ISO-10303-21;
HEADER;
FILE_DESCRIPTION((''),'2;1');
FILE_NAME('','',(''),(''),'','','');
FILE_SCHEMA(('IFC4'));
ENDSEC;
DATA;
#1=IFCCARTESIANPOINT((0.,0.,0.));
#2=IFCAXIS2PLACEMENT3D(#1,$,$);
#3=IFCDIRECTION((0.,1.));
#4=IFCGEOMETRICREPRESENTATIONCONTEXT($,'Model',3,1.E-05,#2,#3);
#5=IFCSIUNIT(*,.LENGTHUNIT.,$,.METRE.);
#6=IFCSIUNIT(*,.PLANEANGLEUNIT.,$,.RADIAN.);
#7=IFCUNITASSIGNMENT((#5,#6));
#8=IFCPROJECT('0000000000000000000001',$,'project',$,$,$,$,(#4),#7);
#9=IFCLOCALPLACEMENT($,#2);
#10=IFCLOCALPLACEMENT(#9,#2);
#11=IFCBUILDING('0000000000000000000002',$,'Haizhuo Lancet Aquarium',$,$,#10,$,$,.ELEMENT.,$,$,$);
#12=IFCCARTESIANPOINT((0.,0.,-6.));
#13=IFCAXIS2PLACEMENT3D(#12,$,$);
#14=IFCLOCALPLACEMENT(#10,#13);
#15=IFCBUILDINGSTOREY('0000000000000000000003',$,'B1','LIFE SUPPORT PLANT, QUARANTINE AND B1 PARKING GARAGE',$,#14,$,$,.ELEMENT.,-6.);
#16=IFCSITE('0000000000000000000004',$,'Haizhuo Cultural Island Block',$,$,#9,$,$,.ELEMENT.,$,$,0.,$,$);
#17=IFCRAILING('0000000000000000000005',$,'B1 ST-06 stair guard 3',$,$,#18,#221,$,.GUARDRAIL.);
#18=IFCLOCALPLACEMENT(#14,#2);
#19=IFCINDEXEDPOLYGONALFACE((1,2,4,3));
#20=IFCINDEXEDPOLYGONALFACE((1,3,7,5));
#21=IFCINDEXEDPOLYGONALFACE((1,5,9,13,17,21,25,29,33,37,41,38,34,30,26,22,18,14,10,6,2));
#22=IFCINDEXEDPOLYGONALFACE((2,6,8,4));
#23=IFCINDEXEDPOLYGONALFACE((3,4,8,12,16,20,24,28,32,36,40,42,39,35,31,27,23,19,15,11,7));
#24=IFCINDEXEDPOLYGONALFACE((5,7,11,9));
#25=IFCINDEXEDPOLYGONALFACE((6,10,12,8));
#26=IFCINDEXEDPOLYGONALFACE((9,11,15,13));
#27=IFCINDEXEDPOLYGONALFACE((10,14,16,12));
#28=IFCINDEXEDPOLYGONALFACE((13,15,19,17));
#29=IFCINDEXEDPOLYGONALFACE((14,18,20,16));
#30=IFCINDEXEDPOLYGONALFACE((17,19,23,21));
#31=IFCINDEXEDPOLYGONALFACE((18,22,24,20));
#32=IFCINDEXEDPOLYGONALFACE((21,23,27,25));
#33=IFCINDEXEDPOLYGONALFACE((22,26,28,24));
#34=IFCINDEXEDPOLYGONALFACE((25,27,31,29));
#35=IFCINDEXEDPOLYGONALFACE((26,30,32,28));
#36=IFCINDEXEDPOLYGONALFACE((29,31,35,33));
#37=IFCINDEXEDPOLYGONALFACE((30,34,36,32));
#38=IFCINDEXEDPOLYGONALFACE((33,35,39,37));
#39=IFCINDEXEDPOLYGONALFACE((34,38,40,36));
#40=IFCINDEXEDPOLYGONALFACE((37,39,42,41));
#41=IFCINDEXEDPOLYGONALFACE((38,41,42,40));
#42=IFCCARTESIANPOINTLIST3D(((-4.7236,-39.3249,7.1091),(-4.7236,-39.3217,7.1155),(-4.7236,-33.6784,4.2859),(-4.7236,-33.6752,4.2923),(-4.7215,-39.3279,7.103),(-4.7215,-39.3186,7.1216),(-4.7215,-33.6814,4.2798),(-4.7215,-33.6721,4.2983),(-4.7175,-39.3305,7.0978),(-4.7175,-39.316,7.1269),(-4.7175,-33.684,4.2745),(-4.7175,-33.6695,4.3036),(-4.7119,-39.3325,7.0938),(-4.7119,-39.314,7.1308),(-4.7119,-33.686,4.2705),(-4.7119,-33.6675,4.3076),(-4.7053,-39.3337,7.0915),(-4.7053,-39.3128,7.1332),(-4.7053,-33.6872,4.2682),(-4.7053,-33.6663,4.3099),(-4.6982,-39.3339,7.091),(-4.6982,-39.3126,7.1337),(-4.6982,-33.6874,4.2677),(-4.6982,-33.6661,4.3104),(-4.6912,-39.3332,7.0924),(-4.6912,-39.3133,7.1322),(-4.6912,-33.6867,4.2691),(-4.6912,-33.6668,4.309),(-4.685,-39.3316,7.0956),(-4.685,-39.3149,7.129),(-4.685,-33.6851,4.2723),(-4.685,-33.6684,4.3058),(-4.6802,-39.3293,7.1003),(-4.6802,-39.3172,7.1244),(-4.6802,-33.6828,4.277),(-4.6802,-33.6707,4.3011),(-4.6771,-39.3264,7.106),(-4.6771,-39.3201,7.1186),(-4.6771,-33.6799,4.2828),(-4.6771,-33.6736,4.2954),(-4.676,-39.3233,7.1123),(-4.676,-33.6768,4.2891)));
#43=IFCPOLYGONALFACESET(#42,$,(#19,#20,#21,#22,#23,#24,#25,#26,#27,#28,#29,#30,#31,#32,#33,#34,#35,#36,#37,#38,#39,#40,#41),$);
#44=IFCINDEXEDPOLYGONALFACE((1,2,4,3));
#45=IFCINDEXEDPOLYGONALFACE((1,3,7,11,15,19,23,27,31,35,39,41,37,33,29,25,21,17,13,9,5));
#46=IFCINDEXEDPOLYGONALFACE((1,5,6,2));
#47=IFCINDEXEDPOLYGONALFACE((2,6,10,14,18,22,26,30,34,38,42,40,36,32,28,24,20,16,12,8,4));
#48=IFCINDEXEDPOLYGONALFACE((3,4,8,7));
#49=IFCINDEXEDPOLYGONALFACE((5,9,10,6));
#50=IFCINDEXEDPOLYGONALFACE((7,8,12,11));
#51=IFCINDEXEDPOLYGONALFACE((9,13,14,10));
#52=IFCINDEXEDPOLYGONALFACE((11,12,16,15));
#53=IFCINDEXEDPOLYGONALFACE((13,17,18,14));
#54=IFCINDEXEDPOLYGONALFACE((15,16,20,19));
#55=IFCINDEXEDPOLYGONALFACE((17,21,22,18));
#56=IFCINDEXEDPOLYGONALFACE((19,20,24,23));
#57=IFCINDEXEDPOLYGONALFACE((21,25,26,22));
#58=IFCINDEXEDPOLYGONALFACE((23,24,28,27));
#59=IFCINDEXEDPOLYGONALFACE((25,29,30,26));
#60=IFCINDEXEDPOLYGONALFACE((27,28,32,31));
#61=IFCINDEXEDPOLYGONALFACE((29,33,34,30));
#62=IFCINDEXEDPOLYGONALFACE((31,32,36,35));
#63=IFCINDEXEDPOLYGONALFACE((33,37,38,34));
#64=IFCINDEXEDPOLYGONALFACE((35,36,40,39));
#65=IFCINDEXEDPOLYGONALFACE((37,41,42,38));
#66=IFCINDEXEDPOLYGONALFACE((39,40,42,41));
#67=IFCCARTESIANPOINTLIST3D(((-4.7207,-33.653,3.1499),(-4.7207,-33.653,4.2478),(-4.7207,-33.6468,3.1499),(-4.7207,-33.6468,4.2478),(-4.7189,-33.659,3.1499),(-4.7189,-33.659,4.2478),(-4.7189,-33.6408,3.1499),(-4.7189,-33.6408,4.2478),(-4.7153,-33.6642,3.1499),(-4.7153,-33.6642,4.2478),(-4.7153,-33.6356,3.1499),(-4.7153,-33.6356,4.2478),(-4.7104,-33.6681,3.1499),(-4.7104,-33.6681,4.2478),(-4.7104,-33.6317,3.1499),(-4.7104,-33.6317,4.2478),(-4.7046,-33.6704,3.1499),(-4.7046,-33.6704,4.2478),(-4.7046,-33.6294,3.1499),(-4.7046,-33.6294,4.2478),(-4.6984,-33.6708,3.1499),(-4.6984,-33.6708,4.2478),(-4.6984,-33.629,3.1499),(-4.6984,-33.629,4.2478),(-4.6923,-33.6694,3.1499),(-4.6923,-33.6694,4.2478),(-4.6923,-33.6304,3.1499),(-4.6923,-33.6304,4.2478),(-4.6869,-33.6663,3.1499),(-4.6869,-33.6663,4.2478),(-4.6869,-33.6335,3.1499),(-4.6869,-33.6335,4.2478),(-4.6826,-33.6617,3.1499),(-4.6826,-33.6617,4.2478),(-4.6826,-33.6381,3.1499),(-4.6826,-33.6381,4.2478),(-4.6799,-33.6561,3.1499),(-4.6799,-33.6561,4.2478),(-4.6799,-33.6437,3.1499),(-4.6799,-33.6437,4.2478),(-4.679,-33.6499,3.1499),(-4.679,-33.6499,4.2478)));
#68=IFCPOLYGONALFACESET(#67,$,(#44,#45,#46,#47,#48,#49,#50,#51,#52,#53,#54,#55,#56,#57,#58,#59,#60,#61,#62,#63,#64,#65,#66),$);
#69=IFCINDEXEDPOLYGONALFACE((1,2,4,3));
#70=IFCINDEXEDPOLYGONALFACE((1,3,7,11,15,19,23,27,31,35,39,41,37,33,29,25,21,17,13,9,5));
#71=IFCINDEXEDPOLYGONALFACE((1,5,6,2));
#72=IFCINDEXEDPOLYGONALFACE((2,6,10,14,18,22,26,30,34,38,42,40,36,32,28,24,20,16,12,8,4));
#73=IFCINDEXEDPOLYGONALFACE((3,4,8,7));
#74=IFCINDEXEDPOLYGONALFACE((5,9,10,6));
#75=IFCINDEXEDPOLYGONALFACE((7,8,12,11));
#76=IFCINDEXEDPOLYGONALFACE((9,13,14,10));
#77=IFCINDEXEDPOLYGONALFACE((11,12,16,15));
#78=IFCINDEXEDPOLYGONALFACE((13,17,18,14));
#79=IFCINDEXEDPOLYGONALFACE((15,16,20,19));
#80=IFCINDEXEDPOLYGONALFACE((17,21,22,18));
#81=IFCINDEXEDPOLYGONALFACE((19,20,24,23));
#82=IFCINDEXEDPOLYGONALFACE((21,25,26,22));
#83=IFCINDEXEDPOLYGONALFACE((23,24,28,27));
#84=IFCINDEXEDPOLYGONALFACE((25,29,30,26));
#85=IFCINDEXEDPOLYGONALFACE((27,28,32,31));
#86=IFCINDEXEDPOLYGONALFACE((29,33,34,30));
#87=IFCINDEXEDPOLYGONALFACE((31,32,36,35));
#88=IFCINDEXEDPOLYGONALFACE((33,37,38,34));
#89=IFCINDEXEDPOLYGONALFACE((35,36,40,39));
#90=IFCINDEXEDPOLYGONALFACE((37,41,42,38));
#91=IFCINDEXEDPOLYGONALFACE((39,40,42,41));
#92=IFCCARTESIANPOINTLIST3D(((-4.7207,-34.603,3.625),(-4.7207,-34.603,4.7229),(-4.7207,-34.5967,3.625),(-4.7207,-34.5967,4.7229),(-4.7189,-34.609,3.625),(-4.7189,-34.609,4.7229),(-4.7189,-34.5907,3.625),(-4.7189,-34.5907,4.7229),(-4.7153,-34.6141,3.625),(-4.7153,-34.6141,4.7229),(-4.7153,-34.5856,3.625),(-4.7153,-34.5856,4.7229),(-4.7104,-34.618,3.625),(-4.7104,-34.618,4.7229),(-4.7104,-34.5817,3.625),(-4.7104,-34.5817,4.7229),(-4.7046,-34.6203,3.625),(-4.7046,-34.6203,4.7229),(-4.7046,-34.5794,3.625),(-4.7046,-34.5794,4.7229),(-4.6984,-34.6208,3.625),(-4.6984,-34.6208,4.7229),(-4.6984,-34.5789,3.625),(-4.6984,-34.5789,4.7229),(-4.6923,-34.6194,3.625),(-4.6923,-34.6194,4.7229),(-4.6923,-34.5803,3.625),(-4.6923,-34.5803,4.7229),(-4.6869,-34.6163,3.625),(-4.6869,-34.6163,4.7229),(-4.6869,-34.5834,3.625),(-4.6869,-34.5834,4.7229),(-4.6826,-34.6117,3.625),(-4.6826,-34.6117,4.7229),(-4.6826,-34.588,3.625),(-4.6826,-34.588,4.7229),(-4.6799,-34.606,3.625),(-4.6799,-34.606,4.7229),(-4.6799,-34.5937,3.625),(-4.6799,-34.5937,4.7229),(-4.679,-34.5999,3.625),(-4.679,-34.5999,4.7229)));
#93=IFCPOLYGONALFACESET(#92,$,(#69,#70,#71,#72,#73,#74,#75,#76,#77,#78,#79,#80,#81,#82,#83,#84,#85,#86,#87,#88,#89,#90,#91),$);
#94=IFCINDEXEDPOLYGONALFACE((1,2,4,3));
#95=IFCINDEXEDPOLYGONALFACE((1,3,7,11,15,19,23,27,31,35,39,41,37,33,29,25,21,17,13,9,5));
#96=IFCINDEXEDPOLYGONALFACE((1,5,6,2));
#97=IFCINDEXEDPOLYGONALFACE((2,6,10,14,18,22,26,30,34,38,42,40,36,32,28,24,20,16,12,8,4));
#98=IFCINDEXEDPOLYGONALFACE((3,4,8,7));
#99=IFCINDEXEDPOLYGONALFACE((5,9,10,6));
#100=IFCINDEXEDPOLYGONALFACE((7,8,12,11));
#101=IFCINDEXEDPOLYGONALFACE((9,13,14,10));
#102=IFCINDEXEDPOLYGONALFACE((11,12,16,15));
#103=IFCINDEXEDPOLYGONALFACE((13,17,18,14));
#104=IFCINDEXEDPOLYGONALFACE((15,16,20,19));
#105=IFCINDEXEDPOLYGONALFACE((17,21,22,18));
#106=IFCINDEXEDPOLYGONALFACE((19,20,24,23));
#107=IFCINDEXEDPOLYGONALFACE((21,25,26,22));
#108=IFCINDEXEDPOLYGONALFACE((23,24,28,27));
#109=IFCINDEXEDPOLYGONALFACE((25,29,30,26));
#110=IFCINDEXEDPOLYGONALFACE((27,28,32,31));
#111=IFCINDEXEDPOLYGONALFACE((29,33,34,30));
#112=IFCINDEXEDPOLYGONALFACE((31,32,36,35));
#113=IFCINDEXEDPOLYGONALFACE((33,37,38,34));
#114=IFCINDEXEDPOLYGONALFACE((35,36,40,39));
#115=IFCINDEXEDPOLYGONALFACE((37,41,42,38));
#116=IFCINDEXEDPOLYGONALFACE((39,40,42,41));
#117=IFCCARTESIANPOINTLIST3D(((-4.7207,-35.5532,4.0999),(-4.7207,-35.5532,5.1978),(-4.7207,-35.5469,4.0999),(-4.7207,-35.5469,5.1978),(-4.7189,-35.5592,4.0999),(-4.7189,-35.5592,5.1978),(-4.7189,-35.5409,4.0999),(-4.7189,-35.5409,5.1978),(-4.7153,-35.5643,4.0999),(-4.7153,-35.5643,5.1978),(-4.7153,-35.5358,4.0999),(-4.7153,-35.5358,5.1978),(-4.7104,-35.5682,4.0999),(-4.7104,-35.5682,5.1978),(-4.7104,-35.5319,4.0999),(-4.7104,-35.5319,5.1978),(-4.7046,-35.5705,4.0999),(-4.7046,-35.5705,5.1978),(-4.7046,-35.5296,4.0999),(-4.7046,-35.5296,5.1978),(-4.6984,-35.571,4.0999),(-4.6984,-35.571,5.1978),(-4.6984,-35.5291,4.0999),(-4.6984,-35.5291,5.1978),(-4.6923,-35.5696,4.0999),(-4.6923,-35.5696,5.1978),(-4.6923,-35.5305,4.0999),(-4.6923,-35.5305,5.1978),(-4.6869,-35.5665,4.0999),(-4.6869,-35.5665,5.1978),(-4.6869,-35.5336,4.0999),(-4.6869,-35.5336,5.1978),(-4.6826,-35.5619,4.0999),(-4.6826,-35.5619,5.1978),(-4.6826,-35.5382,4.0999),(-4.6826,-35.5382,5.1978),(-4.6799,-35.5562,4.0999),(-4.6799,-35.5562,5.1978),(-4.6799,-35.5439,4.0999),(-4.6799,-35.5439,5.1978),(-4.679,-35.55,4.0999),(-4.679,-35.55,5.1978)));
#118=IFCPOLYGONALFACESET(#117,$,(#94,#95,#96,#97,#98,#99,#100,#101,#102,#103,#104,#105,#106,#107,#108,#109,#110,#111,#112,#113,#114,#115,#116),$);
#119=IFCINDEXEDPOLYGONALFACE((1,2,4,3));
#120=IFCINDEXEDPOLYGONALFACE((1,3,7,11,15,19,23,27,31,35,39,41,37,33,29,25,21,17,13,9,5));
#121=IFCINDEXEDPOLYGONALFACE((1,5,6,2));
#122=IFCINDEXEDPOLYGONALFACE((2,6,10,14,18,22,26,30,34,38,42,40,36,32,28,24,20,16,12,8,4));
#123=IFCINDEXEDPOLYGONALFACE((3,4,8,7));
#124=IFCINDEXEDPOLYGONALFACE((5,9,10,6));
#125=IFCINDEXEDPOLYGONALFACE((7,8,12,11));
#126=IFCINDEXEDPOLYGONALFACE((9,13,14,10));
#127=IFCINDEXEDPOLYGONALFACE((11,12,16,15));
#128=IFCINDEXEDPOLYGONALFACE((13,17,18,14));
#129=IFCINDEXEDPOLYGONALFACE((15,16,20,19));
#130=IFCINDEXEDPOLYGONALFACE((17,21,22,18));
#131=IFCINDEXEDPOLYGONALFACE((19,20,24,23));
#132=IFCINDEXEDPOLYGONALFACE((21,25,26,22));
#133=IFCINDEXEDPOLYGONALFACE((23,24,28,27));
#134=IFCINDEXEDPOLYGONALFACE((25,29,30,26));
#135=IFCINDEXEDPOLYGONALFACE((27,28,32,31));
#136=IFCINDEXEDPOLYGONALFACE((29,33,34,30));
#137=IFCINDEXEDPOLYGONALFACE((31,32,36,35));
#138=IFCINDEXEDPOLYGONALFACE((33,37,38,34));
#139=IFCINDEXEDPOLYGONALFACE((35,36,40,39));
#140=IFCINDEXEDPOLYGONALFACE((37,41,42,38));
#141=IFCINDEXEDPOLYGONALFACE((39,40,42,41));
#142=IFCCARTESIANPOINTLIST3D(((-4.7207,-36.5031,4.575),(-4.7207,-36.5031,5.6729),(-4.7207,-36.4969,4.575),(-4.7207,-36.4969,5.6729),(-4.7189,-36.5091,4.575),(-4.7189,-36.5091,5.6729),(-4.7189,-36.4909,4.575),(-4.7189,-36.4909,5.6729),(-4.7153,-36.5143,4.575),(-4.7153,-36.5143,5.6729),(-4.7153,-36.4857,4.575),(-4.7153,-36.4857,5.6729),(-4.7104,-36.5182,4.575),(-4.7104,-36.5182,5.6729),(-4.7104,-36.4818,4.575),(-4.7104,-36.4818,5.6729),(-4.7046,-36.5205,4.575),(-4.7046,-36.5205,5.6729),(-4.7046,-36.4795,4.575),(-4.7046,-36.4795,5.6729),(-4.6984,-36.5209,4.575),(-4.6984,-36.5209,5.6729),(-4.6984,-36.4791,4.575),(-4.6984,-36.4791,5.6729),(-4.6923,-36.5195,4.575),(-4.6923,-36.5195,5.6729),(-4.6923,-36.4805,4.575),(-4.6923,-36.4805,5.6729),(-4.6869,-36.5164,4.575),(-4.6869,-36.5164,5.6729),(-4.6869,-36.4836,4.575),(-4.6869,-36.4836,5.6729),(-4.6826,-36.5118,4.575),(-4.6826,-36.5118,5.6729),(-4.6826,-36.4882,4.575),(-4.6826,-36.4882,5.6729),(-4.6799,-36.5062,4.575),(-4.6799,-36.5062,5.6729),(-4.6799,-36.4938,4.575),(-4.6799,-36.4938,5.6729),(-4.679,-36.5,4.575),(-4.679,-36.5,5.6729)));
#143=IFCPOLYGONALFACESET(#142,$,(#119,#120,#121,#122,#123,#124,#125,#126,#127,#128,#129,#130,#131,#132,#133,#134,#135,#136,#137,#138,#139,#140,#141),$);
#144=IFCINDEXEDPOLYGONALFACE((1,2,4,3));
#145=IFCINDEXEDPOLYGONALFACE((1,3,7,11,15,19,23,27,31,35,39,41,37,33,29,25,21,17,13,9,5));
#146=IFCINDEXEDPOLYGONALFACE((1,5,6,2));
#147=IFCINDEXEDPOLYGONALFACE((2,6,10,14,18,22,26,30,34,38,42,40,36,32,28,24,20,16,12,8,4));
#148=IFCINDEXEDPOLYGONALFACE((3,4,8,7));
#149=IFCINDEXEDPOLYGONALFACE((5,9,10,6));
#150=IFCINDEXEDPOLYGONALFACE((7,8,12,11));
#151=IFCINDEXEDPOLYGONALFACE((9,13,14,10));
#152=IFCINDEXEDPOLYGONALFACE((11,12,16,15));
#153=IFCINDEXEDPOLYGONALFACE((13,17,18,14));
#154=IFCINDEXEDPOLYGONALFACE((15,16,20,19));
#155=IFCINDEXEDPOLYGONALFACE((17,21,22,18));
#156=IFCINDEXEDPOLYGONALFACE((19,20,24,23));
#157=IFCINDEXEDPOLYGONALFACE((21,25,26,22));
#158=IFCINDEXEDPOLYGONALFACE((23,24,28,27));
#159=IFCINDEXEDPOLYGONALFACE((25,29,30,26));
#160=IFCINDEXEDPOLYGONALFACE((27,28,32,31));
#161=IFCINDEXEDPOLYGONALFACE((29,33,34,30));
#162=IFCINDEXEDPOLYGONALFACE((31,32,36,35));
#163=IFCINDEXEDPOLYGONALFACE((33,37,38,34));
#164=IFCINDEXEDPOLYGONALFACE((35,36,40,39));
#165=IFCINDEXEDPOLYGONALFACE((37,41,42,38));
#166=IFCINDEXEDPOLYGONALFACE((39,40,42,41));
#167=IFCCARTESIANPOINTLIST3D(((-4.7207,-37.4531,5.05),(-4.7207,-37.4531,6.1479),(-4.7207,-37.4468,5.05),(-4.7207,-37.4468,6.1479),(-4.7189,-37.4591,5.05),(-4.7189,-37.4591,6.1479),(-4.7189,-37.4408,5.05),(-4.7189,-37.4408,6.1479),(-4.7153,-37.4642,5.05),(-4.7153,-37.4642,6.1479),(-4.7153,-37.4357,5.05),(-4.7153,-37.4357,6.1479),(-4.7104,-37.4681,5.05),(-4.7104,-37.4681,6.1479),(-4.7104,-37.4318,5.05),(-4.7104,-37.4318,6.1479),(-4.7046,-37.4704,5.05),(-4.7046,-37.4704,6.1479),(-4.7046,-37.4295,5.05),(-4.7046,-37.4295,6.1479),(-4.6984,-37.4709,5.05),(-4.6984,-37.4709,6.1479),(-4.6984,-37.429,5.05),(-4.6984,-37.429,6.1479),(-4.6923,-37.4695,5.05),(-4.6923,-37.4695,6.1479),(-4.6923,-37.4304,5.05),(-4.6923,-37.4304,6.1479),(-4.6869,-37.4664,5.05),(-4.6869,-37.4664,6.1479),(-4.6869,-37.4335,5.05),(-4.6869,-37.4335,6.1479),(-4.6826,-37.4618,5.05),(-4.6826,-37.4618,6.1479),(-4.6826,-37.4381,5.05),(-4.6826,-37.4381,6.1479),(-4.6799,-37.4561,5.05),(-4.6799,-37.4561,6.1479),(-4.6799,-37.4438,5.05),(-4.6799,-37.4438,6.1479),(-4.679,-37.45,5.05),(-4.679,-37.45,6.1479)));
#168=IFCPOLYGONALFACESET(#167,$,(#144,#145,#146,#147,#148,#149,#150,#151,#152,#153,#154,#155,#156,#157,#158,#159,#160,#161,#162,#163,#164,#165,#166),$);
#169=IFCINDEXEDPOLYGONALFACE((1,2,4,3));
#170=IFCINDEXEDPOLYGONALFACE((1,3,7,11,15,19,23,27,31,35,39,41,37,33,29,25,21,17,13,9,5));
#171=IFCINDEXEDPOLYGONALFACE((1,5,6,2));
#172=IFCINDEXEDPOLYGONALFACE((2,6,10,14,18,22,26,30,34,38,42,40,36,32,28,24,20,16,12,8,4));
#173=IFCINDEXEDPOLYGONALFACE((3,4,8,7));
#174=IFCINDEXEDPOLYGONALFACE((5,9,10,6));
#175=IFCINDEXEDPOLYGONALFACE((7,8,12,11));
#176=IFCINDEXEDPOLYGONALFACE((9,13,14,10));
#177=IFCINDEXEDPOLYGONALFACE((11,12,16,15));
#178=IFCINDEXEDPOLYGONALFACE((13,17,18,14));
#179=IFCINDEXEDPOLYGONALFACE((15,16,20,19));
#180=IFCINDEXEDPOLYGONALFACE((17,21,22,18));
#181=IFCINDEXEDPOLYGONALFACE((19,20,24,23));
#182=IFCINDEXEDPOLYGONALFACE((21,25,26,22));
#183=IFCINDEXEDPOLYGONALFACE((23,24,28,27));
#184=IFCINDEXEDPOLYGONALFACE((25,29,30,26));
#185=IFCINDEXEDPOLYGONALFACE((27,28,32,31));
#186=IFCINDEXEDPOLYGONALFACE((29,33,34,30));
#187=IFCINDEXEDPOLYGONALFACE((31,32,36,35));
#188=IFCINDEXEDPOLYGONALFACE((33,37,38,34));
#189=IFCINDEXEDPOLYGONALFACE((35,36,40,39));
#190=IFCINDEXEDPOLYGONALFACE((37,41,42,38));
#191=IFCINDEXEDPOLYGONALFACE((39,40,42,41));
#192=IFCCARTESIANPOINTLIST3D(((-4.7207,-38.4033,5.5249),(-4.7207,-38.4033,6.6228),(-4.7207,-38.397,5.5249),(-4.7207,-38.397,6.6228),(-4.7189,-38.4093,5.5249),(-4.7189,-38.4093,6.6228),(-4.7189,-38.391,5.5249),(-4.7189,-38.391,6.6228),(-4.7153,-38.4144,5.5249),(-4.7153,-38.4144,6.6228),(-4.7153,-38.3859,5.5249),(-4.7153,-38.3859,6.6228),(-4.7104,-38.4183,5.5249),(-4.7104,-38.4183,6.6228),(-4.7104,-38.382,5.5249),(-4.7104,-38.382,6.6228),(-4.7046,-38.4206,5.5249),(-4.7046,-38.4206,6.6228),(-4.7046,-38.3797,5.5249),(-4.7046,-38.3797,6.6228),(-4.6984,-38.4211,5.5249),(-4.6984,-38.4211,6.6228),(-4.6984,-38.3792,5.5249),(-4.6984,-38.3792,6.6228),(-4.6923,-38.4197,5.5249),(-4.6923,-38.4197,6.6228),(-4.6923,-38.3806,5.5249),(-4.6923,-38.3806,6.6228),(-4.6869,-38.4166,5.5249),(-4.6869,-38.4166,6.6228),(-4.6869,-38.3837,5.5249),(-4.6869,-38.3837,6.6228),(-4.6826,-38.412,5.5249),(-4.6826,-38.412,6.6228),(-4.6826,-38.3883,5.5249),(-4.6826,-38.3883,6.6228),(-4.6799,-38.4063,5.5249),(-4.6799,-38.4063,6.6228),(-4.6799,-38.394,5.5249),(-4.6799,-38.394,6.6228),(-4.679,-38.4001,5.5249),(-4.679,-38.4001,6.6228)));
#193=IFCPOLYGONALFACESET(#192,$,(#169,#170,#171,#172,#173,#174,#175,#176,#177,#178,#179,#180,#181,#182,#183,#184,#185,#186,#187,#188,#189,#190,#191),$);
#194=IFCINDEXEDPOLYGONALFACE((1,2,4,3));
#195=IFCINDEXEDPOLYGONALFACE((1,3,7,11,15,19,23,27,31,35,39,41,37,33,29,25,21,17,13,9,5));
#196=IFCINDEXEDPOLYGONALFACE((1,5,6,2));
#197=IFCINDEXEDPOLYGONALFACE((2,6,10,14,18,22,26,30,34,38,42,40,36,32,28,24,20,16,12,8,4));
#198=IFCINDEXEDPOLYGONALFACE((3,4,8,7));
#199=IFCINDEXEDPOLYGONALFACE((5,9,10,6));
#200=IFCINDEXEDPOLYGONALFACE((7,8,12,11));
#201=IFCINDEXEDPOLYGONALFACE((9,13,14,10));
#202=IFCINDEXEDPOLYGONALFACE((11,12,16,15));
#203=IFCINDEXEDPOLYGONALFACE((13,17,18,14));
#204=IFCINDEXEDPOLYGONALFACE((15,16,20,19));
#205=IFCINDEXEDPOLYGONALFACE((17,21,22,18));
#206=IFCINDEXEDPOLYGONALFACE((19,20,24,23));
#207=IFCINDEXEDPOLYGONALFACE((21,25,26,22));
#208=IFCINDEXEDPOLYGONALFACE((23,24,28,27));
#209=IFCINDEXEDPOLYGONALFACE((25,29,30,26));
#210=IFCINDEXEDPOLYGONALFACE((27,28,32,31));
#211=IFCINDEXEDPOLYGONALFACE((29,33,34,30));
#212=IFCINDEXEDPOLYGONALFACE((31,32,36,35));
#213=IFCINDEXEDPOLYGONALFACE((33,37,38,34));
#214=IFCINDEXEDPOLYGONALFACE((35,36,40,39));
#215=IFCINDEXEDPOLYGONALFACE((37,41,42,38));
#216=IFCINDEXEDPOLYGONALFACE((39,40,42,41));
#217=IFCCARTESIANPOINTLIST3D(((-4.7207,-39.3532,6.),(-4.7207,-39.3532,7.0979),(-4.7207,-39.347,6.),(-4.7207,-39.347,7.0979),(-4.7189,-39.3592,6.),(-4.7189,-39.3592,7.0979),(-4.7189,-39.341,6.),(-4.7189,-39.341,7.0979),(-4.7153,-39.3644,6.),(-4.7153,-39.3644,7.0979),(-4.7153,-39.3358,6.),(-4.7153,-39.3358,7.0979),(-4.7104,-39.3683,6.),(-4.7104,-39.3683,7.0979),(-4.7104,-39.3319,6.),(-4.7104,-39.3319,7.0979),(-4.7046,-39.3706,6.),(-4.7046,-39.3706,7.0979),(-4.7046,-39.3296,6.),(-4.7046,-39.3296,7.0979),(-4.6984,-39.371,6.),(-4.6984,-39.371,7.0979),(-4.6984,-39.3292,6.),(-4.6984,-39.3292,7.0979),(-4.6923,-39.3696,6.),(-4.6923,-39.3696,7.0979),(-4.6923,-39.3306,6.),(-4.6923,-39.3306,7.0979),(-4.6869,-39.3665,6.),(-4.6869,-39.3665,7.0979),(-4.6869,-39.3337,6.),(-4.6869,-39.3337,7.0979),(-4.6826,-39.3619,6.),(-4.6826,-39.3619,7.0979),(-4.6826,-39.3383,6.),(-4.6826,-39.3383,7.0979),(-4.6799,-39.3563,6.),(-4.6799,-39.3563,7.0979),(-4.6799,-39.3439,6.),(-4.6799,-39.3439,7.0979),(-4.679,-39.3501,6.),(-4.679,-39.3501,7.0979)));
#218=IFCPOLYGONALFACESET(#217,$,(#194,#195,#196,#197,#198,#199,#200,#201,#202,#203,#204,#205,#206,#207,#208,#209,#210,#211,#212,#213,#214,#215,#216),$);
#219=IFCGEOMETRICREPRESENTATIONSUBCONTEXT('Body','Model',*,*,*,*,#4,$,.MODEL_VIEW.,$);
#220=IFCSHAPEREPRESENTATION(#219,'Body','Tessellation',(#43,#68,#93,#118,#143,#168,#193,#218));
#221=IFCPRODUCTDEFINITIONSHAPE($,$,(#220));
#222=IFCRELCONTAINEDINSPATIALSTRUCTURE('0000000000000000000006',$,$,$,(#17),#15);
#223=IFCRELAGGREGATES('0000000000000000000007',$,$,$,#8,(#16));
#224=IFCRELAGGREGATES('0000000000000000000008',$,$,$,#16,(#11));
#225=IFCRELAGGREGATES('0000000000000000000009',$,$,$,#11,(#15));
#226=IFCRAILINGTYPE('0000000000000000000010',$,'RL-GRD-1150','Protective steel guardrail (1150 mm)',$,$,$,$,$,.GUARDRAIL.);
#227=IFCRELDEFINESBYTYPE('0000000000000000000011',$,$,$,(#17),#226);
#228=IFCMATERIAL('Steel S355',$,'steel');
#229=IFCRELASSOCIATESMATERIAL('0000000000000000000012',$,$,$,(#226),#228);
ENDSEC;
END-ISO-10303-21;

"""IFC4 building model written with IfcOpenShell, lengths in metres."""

from ifc_helpers import new_model, si_unit, direction, frame, origin, origin_2d, place, context, subcontext, project, spatial, circle, extrude, material, type_object, element, save


model = new_model("IFC4")

# Units and contexts
model_context = context("Model", 3, precision=1e-05, world=origin(), true_north=direction((0.0, 1.0)))
body_context = subcontext(model_context, "Body", "Model", "MODEL_VIEW")
ifc_project = project(units=[si_unit("LENGTHUNIT", "METRE"), si_unit("PLANEANGLEUNIT", "RADIAN")], contexts=[model_context])

# Site, building, storey
site_placement = place(None, origin())
site = spatial("IfcSite", under=ifc_project, at=site_placement, Name="Haizhuo Cultural Island Block", CompositionType="ELEMENT", RefElevation=0.0)
building_placement = place(site_placement, origin())
building = spatial("IfcBuilding", under=site, at=building_placement, Name="Haizhuo Lancet Aquarium", CompositionType="ELEMENT")
storey_placement = place(building_placement, frame((0.0, 0.0, -6.0)))
storey = spatial("IfcBuildingStorey", under=building, at=storey_placement, Name="B1", Description="LIFE SUPPORT PLANT, QUARANTINE AND B1 PARKING GARAGE", CompositionType="ELEMENT", Elevation=-6.0)

# Shared definitions
ifc_material_1 = material(Name="Steel S355", Category="steel")

# Railing
railing_type_1 = type_object("IfcRailingType", Name="RL-GRD-1150", Description="Protective steel guardrail (1150 mm)", PredefinedType="GUARDRAIL", material=ifc_material_1)
railing_1_placement = place(storey_placement, frame((-4.7, -33.6499, 3.1499)))
element("IfcRailing", 1, at=railing_1_placement, inside=storey, type_object=railing_type_1, Name="B1 ST-06 stair guard 3", PredefinedType="GUARDRAIL", context=body_context, shape_type="SweptSolid", body=[
    extrude(circle(Radius=0.0239, at=origin_2d()), frame((0.0, -0.0269, 1.1392), z_axis=(0.0, -0.894427, 0.447214), x_axis=(1.0, 0.0, 0.0)), (0.0, 0.0, 1.0), 6.313),
    extrude(circle(Radius=0.021, at=origin_2d()), origin(), (0.0, 0.0, 1.0), 1.0979),
    extrude(circle(Radius=0.021, at=origin_2d()), frame((0.0, -0.95, 0.4751)), (0.0, 0.0, 1.0), 1.0979),
    extrude(circle(Radius=0.021, at=origin_2d()), frame((0.0, -1.9001, 0.95)), (0.0, 0.0, 1.0), 1.0979),
    extrude(circle(Radius=0.021, at=origin_2d()), frame((0.0, -2.8501, 1.425)), (0.0, 0.0, 1.0), 1.0979),
    extrude(circle(Radius=0.021, at=origin_2d()), frame((0.0, -3.8, 1.9001)), (0.0, 0.0, 1.0), 1.0979),
    extrude(circle(Radius=0.021, at=origin_2d()), frame((0.0, -4.7502, 2.375)), (0.0, 0.0, 1.0), 1.0979),
    extrude(circle(Radius=0.021, at=origin_2d()), frame((0.0, -5.7002, 2.8501)), (0.0, 0.0, 1.0), 1.0979),
])

save(model, "model.ifc")
